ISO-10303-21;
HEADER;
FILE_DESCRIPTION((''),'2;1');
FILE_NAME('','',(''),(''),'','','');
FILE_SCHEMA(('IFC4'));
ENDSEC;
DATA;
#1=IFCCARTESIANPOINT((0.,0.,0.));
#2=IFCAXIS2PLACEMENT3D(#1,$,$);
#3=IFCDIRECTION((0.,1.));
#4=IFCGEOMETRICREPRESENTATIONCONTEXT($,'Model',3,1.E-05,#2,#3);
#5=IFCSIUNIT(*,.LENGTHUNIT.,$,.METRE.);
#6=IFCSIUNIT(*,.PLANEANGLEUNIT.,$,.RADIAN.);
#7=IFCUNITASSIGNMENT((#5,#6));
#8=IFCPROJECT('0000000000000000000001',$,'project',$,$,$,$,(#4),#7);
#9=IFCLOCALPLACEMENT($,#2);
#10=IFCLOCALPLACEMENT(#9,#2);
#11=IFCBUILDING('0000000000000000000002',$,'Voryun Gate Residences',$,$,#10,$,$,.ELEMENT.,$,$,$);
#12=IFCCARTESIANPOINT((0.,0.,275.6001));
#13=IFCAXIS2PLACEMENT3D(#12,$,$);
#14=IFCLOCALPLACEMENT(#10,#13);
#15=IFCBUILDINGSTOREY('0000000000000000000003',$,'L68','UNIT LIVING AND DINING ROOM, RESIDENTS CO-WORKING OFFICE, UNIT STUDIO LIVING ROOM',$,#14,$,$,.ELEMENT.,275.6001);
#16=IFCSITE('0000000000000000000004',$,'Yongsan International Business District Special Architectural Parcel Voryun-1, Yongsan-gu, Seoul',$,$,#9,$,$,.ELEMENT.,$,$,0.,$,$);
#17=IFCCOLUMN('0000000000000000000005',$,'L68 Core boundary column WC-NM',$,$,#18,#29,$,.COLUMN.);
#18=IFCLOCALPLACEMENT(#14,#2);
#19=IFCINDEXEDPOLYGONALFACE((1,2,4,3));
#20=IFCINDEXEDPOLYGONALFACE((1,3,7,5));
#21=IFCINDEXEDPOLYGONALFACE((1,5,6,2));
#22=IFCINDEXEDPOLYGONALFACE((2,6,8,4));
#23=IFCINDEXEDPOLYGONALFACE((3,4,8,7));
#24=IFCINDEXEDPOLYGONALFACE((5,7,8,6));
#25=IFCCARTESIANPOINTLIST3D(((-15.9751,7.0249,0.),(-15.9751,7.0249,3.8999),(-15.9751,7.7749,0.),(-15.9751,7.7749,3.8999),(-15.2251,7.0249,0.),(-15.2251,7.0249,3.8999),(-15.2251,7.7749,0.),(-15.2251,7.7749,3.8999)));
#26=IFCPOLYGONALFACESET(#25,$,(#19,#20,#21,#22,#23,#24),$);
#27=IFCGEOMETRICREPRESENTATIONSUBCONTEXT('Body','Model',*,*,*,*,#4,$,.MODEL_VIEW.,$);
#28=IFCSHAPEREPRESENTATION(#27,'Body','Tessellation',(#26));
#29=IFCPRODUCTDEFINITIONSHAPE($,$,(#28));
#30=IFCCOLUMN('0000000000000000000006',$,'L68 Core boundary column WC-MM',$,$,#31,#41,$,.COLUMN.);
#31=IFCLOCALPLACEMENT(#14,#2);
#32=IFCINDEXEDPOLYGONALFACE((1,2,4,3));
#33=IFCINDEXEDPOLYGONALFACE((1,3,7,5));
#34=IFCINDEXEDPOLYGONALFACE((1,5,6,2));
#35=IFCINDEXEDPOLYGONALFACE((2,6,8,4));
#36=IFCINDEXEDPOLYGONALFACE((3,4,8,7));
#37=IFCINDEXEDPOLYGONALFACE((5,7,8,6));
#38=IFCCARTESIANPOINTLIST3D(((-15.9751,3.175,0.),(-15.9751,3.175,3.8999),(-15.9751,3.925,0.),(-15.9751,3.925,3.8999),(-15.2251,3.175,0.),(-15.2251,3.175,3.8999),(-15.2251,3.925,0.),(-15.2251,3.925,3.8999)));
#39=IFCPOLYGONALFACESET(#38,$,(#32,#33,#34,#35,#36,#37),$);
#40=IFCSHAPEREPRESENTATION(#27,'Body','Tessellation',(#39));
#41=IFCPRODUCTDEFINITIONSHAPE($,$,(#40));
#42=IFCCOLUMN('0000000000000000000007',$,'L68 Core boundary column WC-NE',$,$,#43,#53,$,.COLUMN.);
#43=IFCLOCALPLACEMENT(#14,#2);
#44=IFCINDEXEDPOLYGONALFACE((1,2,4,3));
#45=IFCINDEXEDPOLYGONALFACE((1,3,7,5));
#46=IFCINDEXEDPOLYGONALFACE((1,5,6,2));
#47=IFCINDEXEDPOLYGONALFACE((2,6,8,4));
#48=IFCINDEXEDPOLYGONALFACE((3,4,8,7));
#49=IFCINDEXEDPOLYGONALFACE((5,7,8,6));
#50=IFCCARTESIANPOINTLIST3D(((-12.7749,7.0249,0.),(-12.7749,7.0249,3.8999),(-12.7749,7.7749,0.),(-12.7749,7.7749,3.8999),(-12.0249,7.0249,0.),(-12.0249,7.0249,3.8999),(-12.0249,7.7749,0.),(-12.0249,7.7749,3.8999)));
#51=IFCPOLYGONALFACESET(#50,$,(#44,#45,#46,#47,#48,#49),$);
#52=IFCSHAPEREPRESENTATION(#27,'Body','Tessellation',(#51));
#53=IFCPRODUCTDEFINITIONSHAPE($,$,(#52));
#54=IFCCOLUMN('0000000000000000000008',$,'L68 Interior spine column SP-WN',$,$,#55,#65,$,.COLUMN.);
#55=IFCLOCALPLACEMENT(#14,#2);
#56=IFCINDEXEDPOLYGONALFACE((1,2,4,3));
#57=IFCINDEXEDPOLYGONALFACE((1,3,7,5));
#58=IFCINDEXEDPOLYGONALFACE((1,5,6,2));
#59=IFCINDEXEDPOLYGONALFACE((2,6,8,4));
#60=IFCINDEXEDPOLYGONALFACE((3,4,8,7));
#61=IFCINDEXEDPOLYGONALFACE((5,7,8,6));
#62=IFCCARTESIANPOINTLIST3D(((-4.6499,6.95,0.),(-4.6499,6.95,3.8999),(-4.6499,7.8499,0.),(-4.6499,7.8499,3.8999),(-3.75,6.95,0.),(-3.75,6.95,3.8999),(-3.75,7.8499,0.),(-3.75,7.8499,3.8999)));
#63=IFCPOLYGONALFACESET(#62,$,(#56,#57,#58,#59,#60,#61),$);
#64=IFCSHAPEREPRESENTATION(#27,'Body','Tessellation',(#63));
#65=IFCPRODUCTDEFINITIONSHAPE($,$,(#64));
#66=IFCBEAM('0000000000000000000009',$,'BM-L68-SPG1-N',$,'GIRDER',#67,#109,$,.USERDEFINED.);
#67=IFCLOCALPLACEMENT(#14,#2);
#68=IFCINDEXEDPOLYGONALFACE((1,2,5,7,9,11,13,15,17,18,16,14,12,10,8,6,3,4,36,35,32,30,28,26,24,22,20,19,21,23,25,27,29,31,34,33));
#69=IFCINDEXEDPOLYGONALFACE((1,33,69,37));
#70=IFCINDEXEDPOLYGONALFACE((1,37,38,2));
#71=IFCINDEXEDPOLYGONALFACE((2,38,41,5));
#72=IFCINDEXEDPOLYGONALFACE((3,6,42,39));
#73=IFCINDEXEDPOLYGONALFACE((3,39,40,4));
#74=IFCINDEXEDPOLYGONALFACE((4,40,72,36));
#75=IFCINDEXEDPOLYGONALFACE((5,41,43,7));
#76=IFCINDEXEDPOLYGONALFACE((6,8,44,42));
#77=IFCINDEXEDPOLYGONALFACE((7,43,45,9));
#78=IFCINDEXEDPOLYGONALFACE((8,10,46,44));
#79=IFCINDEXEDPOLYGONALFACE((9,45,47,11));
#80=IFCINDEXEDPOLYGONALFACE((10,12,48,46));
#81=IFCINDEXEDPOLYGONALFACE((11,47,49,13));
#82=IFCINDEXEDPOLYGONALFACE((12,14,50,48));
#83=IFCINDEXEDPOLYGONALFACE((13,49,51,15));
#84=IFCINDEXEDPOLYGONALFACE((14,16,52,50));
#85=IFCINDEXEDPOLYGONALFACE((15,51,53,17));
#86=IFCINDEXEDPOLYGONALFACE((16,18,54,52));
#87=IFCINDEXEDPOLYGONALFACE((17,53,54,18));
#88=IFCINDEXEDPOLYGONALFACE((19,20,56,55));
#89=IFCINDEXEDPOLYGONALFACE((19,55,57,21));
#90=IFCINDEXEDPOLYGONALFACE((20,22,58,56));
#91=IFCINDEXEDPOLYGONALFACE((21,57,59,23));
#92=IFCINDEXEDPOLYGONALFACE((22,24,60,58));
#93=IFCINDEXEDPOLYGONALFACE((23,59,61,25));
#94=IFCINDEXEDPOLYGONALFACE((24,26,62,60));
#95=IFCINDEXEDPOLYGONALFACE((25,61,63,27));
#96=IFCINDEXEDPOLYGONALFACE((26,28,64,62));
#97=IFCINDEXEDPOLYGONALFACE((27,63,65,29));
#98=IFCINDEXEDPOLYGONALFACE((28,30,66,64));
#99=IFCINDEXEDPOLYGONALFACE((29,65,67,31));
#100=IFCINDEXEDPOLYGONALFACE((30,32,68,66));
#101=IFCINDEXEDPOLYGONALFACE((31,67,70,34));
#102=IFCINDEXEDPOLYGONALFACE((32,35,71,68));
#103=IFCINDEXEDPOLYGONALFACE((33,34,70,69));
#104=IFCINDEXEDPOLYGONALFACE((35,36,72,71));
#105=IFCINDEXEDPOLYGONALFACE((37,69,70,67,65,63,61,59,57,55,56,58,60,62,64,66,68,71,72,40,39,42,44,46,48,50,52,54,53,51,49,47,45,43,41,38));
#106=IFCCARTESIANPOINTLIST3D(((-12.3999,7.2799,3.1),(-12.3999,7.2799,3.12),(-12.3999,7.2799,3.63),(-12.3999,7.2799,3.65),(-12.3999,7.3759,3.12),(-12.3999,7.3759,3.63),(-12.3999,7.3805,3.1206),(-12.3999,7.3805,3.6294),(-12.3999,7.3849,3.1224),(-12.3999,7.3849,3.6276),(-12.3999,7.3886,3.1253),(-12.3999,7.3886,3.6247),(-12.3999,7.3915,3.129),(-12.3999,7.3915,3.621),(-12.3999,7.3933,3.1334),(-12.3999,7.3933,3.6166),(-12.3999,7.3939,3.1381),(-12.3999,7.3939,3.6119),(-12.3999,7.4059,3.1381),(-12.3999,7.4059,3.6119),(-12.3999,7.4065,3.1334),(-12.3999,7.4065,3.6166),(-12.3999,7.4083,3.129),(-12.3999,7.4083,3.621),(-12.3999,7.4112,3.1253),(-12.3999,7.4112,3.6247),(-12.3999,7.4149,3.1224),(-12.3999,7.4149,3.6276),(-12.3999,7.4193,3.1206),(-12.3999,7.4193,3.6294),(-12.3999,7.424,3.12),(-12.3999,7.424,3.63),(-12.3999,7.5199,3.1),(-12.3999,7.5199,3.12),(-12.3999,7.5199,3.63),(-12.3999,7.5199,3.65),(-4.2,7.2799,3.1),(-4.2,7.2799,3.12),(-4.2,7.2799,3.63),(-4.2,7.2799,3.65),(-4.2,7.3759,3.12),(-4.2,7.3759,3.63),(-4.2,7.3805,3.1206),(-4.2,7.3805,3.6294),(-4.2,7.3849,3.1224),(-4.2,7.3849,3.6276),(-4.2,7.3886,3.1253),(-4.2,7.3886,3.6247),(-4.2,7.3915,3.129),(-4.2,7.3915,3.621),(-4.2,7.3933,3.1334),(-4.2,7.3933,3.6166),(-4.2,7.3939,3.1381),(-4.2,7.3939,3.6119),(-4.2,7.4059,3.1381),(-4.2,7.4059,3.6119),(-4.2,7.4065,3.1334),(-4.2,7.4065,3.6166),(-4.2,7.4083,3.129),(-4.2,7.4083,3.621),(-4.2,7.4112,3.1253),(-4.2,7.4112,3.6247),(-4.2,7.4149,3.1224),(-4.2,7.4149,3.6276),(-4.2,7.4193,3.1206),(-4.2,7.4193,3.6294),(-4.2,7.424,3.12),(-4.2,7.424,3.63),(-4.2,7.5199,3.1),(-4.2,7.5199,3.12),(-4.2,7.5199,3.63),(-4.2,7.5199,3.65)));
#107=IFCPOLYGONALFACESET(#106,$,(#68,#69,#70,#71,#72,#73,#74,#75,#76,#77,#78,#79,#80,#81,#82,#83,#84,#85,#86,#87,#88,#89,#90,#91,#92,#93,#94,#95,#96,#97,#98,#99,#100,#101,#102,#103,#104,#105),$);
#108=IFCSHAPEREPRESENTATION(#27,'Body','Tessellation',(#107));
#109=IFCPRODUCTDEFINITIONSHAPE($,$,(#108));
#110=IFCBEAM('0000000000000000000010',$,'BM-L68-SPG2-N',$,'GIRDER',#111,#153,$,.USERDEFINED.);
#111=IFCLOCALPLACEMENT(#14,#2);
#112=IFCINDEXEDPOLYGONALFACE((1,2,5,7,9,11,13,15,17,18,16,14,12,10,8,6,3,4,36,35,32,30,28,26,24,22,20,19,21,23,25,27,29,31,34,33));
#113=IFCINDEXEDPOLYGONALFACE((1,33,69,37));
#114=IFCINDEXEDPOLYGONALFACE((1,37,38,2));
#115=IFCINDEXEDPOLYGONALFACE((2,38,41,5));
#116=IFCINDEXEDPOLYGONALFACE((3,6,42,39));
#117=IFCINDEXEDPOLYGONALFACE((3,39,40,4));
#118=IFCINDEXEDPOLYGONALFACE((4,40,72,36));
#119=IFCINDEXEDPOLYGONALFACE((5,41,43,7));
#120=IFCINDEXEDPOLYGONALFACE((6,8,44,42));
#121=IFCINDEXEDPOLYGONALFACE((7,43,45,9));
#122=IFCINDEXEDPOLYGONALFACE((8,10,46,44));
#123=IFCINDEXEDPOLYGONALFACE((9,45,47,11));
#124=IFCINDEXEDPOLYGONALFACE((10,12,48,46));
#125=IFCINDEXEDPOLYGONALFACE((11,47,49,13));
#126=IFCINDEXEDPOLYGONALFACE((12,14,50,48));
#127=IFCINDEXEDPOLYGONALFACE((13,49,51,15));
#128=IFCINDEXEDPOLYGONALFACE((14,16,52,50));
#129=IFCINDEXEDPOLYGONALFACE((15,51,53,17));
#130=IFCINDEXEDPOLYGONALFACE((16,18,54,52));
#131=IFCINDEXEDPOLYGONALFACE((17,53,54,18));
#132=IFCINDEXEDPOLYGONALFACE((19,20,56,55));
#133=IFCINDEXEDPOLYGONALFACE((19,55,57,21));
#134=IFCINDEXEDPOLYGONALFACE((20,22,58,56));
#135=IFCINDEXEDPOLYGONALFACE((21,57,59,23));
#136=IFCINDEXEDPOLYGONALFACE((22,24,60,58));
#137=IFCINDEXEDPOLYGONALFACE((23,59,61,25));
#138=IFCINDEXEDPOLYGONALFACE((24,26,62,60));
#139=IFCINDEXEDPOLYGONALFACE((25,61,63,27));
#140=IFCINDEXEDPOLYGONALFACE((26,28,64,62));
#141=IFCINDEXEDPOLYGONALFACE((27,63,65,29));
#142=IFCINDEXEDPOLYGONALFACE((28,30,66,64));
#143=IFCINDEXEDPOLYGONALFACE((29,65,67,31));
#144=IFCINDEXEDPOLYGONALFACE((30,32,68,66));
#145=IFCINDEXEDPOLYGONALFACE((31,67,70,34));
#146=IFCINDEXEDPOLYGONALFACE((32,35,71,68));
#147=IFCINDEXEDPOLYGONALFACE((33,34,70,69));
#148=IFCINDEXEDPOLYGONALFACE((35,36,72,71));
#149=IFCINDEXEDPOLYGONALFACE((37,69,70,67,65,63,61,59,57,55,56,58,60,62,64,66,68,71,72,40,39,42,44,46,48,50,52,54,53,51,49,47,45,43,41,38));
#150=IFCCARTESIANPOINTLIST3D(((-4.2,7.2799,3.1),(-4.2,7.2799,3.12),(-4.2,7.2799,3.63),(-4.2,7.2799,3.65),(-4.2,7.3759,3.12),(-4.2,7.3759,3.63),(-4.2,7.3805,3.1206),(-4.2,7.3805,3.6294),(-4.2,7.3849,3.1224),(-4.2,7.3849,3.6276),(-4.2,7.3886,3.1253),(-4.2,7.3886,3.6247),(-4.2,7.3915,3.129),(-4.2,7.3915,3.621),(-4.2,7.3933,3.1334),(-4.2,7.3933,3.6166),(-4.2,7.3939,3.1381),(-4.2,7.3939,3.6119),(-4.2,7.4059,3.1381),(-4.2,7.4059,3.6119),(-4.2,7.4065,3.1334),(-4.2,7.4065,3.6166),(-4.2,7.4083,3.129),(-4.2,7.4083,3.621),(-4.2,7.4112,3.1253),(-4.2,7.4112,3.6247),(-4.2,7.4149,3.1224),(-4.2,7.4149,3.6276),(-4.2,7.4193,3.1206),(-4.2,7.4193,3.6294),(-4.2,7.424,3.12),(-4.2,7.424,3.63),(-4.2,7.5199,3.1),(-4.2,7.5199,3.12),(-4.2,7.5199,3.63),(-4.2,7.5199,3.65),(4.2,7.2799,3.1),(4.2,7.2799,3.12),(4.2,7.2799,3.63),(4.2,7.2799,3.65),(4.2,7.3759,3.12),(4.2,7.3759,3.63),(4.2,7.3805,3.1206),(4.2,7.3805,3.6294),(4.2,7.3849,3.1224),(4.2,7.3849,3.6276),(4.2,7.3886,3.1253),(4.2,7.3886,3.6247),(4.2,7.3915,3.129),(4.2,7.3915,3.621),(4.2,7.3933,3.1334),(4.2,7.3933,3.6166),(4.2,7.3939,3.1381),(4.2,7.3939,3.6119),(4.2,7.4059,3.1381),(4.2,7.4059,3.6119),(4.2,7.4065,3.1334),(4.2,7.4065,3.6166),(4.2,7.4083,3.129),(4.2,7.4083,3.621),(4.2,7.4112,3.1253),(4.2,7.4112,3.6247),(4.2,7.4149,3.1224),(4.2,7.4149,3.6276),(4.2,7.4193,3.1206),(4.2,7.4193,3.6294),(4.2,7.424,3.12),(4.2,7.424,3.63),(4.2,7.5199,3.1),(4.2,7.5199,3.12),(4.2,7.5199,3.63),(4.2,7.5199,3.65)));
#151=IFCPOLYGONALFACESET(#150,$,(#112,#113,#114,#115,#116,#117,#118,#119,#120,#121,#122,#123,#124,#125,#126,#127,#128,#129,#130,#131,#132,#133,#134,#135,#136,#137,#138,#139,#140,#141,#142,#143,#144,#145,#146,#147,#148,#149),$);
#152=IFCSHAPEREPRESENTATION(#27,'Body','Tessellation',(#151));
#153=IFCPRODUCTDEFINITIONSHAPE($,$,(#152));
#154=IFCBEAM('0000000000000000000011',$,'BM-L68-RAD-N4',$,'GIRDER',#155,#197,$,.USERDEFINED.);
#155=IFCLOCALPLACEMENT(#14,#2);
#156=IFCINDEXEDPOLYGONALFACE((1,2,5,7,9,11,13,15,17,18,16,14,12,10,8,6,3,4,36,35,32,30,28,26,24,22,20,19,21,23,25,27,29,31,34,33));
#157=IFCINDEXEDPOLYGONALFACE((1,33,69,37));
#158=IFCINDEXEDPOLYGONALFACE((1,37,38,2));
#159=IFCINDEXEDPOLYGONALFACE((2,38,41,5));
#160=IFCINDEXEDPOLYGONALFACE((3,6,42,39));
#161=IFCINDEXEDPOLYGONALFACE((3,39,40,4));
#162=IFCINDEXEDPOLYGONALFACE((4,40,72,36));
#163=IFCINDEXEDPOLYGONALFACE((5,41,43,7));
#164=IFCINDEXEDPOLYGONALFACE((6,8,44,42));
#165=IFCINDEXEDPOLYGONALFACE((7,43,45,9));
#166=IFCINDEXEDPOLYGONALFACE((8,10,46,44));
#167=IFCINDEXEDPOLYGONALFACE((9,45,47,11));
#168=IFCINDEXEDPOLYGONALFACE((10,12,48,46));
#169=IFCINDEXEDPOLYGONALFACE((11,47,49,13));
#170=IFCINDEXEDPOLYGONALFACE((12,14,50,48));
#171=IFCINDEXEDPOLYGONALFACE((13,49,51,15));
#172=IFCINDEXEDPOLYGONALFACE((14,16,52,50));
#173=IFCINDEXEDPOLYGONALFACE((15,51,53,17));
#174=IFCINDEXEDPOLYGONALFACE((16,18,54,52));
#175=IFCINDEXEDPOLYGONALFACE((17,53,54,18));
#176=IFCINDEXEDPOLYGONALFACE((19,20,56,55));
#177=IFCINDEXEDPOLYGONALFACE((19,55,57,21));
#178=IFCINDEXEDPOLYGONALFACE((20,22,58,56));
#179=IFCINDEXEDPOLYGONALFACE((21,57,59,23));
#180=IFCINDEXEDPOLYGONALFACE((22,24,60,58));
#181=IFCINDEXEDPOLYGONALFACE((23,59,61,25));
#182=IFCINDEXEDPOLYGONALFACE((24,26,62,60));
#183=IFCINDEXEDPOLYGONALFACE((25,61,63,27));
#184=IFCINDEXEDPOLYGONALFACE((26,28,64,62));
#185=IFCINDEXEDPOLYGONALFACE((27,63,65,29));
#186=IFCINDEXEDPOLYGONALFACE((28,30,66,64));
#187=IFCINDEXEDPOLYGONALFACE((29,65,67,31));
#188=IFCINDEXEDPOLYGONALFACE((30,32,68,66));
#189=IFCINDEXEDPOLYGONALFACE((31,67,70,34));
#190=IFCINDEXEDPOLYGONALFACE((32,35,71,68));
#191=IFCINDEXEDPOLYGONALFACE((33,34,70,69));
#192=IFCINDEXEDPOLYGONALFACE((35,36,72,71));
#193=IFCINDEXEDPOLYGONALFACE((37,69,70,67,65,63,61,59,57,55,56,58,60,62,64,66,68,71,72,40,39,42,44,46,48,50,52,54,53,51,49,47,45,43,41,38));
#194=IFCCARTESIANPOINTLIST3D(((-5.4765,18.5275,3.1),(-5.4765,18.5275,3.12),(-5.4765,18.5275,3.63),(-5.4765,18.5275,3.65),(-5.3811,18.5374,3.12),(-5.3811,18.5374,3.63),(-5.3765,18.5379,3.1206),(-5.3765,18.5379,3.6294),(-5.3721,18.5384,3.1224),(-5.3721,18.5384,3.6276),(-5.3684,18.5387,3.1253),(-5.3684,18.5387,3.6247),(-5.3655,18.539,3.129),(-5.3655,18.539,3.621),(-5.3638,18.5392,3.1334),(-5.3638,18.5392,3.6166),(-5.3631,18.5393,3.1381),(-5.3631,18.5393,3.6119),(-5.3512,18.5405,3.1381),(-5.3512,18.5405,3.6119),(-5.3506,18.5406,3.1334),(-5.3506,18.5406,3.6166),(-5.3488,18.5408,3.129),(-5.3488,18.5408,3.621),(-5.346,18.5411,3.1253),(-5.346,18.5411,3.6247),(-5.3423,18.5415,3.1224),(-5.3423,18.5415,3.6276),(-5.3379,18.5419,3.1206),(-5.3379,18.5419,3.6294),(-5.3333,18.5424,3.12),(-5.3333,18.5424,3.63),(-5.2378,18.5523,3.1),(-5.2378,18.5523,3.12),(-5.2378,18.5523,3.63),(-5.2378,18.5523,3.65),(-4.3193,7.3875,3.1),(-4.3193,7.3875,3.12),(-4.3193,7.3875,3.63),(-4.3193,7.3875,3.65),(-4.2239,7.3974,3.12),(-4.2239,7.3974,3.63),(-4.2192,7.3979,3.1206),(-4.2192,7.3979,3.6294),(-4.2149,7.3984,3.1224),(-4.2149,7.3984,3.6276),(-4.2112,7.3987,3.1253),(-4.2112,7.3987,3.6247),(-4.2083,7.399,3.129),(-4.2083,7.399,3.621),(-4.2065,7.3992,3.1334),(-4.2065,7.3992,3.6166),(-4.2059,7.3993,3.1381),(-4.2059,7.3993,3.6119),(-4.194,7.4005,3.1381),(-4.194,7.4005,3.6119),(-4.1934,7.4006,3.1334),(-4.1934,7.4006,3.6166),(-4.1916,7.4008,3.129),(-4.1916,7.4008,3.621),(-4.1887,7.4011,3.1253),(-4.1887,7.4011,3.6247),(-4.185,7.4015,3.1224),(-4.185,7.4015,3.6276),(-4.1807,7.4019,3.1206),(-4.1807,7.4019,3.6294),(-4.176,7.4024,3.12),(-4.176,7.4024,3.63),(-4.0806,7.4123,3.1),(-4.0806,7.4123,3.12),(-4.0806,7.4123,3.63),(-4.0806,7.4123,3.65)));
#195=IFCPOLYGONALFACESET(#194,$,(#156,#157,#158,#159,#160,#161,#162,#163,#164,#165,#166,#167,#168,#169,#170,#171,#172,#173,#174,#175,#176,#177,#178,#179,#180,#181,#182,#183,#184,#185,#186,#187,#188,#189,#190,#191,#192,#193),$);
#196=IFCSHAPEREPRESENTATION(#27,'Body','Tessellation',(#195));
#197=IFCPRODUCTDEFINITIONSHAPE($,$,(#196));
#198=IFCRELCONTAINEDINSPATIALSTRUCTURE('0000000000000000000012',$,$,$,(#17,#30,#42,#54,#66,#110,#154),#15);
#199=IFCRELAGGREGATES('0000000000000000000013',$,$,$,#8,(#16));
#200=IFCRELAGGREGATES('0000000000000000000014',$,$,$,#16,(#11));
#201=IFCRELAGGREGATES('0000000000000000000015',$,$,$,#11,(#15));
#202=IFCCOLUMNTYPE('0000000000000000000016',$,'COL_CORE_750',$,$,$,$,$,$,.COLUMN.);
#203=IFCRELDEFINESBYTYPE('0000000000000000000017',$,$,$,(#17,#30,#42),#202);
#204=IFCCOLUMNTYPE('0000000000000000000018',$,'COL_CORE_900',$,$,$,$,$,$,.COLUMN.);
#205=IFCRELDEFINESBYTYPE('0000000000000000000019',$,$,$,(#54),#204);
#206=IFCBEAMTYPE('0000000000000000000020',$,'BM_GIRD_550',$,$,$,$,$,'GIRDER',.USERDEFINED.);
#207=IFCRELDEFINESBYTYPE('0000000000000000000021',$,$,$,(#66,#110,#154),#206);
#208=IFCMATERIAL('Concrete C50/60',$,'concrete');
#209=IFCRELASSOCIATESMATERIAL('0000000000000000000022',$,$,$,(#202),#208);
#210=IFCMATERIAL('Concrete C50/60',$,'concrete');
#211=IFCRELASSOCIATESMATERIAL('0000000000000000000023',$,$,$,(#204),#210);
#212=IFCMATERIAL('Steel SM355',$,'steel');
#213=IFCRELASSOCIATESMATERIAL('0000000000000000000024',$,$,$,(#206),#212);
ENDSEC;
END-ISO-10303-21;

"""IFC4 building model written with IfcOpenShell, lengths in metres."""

from ifc_helpers import new_model, si_unit, direction, frame, origin, origin_2d, place, context, subcontext, project, spatial, rectangle, i_section, extrude, material, material_profile, profile_set, type_object, element, save


model = new_model("IFC4")

# Units and contexts
model_context = context("Model", 3, precision=1e-05, world=origin(), true_north=direction((0.0, 1.0)))
body_context = subcontext(model_context, "Body", "Model", "MODEL_VIEW")
ifc_project = project(units=[si_unit("LENGTHUNIT", "METRE"), si_unit("PLANEANGLEUNIT", "RADIAN")], contexts=[model_context])

# Site, building, storey
site_placement = place(None, origin())
site = spatial("IfcSite", under=ifc_project, at=site_placement, Name="Yongsan International Business District Special Architectural Parcel Voryun-1, Yongsan-gu, Seoul", CompositionType="ELEMENT", RefElevation=0.0)
building_placement = place(site_placement, origin())
building = spatial("IfcBuilding", under=site, at=building_placement, Name="Voryun Gate Residences", CompositionType="ELEMENT")
storey_placement = place(building_placement, frame((0.0, 0.0, 275.6001)))
storey = spatial("IfcBuildingStorey", under=building, at=storey_placement, Name="L68", Description="UNIT LIVING AND DINING ROOM, RESIDENTS CO-WORKING OFFICE, UNIT STUDIO LIVING ROOM", CompositionType="ELEMENT", Elevation=275.6001)

# Columns
ifc_material_1 = material(Name="Concrete C50/60", Category="concrete")
ifc_material_profile_1 = material_profile(ifc_material_1, rectangle(XDim=0.75, YDim=0.75, at=origin_2d()), Name="RC-750x750")
ifc_profile_set_1 = profile_set([ifc_material_profile_1], Name="Concrete C50/60")
column_type_1 = type_object("IfcColumnType", Name="COL_CORE_750", PredefinedType="COLUMN", material=ifc_profile_set_1)
for number, where, z_axis, x_axis, name in (
    (1, (-15.6001, 7.3999, 0.0), (0.0, 0.0, 1.0), (1.0, 0.0, 0.0), "L68 Core boundary column WC-NM"),
    (2, (-15.6001, 3.55, 0.0), (0.0, 0.0, 1.0), (1.0, 0.0, 0.0), "L68 Core boundary column WC-MM"),
    (3, (-12.3999, 7.3999, 0.0), (0.0, 0.0, 1.0), (1.0, 0.0, 0.0), "L68 Core boundary column WC-NE"),
):
    element("IfcColumn", number, at=place(storey_placement, frame(where, z_axis=z_axis, x_axis=x_axis)), inside=storey, type_object=column_type_1, Name=name, PredefinedType="COLUMN", context=body_context, shape_type="SweptSolid", body=[
        extrude(rectangle(XDim=0.75, YDim=0.75, at=origin_2d()), origin(), (0.0, 0.0, 1.0), 3.8999),
    ])
ifc_material_2 = material(Name="Concrete C50/60", Category="concrete")
ifc_material_profile_2 = material_profile(ifc_material_2, rectangle(XDim=0.8999, YDim=0.8999, at=origin_2d()), Name="RC-900x900")
ifc_profile_set_2 = profile_set([ifc_material_profile_2], Name="Concrete C50/60")
column_type_2 = type_object("IfcColumnType", Name="COL_CORE_900", PredefinedType="COLUMN", material=ifc_profile_set_2)
column_placement = place(storey_placement, frame((-4.2, 7.3999, 0.0), z_axis=(0.0, 0.0, 1.0), x_axis=(1.0, 0.0, 0.0)))
element("IfcColumn", 4, at=column_placement, inside=storey, type_object=column_type_2, Name="L68 Interior spine column SP-WN", PredefinedType="COLUMN", context=body_context, shape_type="SweptSolid", body=[
    extrude(rectangle(XDim=0.8999, YDim=0.8999, at=origin_2d()), origin(), (0.0, 0.0, 1.0), 3.8999),
])

# Beams
ifc_material_3 = material(Name="Steel SM355", Category="steel")
ifc_material_profile_3 = material_profile(ifc_material_3, i_section(OverallWidth=0.24, OverallDepth=0.55, WebThickness=0.012, FlangeThickness=0.02, FilletRadius=0.0181, at=origin_2d()), Name="H-550x240x12x20")
ifc_profile_set_3 = profile_set([ifc_material_profile_3], Name="Steel SM355")
beam_type_1 = type_object("IfcBeamType", Name="BM_GIRD_550", ElementType="GIRDER", PredefinedType="USERDEFINED", material=ifc_profile_set_3)
beam_1_placement = place(storey_placement, frame((-12.3999, 7.3999, 3.375), z_axis=(1.0, 0.0, 0.0), x_axis=(0.0, 1.0, 0.0)))
element("IfcBeam", 5, at=beam_1_placement, inside=storey, type_object=beam_type_1, Name="BM-L68-SPG1-N", ObjectType="GIRDER", PredefinedType="USERDEFINED", context=body_context, shape_type="SweptSolid", body=[
    extrude(i_section(OverallWidth=0.24, OverallDepth=0.55, WebThickness=0.012, FlangeThickness=0.02, FilletRadius=0.0181, at=origin_2d()), origin(), (0.0, 0.0, 1.0), 8.2),
])
beam_2_placement = place(storey_placement, frame((-4.2, 7.3999, 3.375), z_axis=(1.0, 0.0, 0.0), x_axis=(0.0, 1.0, 0.0)))
element("IfcBeam", 6, at=beam_2_placement, inside=storey, type_object=beam_type_1, Name="BM-L68-SPG2-N", ObjectType="GIRDER", PredefinedType="USERDEFINED", context=body_context, shape_type="SweptSolid", body=[
    extrude(i_section(OverallWidth=0.24, OverallDepth=0.55, WebThickness=0.012, FlangeThickness=0.02, FilletRadius=0.0181, at=origin_2d()), origin(), (0.0, 0.0, 1.0), 8.3999),
])
beam_3_placement = place(storey_placement, frame((-4.2, 7.3999, 3.375), z_axis=(-0.103325, 0.994648, 0.0), x_axis=(-0.994648, -0.103325, 0.0)))
element("IfcBeam", 7, at=beam_3_placement, inside=storey, type_object=beam_type_1, Name="BM-L68-RAD-N4", ObjectType="GIRDER", PredefinedType="USERDEFINED", context=body_context, shape_type="SweptSolid", body=[
    extrude(i_section(OverallWidth=0.24, OverallDepth=0.55, WebThickness=0.012, FlangeThickness=0.02, FilletRadius=0.0181, at=origin_2d()), origin(), (0.0, 0.0, 1.0), 11.2),
])

save(model, "model.ifc")
